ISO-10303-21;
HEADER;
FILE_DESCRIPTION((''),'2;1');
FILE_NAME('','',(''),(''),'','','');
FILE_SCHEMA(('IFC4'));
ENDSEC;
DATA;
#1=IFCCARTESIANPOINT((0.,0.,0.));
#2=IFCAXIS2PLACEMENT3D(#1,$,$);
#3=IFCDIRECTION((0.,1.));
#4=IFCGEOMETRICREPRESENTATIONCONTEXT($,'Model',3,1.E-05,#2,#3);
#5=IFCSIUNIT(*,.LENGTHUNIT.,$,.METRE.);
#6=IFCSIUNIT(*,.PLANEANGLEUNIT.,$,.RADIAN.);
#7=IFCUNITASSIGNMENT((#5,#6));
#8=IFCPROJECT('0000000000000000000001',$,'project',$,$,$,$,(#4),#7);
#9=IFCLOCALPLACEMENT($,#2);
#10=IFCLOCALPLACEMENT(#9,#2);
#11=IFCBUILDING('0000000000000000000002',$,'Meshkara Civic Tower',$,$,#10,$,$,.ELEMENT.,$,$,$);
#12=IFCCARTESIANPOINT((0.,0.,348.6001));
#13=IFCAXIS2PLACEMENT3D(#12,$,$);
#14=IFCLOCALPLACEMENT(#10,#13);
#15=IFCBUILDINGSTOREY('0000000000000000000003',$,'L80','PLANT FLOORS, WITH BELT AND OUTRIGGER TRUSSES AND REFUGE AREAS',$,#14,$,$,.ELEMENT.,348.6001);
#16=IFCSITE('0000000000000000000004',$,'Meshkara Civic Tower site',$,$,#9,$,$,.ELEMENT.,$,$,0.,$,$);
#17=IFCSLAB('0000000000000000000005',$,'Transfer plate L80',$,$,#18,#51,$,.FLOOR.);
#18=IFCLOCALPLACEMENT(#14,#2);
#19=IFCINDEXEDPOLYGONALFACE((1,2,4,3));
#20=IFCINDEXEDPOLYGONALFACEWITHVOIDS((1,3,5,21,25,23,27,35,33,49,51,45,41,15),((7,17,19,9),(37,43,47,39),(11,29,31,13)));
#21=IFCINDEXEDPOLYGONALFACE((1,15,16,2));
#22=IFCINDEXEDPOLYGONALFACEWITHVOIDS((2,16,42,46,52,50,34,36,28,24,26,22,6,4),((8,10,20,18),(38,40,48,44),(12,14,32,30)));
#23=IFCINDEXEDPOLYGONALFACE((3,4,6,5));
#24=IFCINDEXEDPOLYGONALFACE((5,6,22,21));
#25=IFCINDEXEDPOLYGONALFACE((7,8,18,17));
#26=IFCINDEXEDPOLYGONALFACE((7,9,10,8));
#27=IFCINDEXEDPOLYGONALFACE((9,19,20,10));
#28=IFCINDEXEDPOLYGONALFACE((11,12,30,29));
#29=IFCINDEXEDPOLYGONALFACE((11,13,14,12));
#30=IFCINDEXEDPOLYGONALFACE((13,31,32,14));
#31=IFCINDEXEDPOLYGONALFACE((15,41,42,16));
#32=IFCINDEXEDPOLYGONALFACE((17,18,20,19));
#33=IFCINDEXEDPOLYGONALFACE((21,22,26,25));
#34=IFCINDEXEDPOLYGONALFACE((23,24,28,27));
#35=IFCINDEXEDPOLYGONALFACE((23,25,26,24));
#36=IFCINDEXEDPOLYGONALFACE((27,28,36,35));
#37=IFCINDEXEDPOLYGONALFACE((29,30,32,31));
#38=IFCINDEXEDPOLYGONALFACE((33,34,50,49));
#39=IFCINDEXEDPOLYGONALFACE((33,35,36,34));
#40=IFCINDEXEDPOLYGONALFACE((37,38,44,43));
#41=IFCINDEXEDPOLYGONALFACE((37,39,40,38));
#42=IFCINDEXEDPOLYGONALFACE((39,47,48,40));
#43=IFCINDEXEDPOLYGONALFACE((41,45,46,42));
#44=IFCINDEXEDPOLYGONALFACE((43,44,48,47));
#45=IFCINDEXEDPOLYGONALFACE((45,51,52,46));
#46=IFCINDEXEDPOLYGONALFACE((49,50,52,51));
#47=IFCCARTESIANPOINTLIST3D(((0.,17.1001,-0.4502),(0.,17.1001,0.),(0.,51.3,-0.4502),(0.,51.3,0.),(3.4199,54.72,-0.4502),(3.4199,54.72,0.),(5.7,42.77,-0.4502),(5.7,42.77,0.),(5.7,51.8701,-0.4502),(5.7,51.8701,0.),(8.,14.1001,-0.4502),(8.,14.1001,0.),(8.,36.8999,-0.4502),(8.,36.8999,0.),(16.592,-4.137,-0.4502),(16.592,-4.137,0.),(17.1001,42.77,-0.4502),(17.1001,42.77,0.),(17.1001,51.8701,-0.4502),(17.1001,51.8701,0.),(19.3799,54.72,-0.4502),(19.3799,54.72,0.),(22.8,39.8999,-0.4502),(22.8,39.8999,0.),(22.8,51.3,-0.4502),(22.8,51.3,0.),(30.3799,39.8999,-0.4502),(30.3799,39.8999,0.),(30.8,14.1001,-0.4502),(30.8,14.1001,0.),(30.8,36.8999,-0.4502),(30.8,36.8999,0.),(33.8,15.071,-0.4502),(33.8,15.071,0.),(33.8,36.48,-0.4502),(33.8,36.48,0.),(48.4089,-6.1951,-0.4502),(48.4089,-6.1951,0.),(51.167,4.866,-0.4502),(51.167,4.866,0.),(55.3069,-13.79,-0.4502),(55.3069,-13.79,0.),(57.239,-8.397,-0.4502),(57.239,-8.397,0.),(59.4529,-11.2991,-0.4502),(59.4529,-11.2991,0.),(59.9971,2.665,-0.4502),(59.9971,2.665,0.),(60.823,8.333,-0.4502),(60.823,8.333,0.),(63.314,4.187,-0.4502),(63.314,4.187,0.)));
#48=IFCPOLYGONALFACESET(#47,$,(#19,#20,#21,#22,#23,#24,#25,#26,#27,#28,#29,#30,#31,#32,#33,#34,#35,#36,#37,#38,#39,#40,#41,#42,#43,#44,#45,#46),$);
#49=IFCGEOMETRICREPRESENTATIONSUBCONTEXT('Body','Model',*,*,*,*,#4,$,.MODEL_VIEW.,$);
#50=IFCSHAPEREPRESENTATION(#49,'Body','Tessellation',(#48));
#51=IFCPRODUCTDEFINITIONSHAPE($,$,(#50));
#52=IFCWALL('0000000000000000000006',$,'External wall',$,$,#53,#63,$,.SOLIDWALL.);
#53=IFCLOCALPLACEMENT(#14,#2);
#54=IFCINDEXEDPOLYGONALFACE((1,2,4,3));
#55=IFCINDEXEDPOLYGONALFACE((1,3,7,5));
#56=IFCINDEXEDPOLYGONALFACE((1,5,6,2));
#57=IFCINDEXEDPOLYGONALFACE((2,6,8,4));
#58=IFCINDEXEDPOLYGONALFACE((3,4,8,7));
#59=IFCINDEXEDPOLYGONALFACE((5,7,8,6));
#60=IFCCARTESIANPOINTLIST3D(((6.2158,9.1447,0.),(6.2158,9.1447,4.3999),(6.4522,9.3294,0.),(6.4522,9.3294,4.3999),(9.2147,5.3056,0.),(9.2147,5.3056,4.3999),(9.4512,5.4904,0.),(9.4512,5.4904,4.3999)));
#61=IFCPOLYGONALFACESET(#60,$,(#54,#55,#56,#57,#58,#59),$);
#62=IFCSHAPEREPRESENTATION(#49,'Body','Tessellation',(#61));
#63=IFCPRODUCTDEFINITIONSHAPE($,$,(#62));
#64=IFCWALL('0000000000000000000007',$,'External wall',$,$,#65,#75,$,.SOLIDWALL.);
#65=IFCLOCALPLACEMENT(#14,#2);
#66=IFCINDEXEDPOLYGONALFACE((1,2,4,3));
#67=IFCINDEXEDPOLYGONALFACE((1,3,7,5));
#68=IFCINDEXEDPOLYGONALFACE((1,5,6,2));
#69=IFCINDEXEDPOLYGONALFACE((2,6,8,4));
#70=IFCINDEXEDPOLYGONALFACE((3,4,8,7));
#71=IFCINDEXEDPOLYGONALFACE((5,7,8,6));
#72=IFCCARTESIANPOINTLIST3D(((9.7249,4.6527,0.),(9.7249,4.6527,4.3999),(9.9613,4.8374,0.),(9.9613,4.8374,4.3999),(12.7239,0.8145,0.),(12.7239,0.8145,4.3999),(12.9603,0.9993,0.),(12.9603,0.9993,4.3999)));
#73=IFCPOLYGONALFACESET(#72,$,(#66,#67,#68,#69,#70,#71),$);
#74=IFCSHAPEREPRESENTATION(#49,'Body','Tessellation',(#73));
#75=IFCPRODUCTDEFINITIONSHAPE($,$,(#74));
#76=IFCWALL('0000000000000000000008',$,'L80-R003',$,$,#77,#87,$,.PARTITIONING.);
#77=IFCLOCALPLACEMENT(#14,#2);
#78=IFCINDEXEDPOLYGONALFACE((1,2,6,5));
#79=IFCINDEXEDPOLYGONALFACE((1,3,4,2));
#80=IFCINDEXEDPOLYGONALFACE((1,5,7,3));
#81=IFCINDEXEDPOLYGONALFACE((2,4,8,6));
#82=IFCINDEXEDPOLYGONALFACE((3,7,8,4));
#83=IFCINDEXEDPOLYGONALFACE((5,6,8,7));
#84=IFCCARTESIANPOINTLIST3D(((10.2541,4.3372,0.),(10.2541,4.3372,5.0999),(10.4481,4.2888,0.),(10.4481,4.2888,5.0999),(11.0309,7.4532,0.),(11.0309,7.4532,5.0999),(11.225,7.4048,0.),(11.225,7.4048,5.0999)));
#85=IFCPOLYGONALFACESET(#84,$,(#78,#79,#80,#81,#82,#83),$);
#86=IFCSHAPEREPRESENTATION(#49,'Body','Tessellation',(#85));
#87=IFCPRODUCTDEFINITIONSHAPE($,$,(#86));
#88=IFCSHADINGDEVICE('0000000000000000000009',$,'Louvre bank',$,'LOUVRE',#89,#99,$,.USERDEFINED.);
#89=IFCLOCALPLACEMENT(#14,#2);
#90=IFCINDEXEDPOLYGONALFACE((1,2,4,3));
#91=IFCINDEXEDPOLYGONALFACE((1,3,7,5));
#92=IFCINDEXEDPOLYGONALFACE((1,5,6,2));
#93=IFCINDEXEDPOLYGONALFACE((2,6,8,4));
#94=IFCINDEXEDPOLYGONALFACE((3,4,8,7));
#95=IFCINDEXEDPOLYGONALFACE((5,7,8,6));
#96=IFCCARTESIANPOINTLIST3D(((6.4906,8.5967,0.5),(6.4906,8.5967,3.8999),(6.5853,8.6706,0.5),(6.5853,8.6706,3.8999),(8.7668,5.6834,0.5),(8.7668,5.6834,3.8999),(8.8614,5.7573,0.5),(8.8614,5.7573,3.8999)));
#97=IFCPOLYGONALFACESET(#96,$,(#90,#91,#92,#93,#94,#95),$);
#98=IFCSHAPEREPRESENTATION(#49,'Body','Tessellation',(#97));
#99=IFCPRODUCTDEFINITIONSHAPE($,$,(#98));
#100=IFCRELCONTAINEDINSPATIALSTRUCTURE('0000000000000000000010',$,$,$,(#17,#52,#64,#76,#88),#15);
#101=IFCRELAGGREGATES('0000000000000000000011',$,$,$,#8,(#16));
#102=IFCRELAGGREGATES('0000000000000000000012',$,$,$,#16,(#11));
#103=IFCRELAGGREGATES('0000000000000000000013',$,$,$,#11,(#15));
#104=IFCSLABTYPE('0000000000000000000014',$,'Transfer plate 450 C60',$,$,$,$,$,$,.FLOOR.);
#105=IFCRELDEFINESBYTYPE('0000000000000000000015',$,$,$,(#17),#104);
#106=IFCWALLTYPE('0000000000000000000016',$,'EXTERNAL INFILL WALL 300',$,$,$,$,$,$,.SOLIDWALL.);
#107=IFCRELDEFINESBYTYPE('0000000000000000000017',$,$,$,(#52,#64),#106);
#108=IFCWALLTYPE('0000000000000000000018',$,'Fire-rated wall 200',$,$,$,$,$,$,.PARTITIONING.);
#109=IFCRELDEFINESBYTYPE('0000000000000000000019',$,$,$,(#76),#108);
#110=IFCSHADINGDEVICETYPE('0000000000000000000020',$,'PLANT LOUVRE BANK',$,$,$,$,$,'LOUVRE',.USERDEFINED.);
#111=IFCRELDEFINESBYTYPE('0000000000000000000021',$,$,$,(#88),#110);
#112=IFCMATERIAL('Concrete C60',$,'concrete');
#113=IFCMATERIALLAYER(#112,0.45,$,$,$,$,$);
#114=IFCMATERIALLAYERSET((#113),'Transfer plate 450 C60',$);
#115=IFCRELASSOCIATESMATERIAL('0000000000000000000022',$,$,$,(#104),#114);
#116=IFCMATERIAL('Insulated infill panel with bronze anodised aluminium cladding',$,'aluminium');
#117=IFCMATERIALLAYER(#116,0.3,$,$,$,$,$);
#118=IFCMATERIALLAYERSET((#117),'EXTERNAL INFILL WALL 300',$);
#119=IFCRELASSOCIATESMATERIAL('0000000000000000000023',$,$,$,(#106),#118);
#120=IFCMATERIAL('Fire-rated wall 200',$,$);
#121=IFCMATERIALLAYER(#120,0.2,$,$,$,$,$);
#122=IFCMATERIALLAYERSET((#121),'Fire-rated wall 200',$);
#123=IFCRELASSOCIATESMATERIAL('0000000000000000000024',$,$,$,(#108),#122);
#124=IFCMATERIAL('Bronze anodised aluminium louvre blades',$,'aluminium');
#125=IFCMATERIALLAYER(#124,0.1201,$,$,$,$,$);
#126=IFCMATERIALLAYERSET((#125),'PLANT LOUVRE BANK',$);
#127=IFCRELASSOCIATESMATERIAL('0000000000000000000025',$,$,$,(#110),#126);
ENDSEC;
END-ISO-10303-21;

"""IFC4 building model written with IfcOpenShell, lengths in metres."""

from ifc_helpers import new_model, si_unit, direction, frame, frame_2d, origin, origin_2d, place, context, subcontext, project, spatial, polyline, rectangle, outline, extrude, material, layer, layer_set, type_object, element, save


model = new_model("IFC4")

# Units and contexts
model_context = context("Model", 3, precision=1e-05, world=origin(), true_north=direction((0.0, 1.0)))
body_context = subcontext(model_context, "Body", "Model", "MODEL_VIEW")
ifc_project = project(units=[si_unit("LENGTHUNIT", "METRE"), si_unit("PLANEANGLEUNIT", "RADIAN")], contexts=[model_context])

# Site, building, storey
site_placement = place(None, origin())
site = spatial("IfcSite", under=ifc_project, at=site_placement, Name="Meshkara Civic Tower site", CompositionType="ELEMENT", RefElevation=0.0)
building_placement = place(site_placement, origin())
building = spatial("IfcBuilding", under=site, at=building_placement, Name="Meshkara Civic Tower", CompositionType="ELEMENT")
storey_placement = place(building_placement, frame((0.0, 0.0, 348.6001)))
storey = spatial("IfcBuildingStorey", under=building, at=storey_placement, Name="L80", Description="PLANT FLOORS, WITH BELT AND OUTRIGGER TRUSSES AND REFUGE AREAS", CompositionType="ELEMENT", Elevation=348.6001)

# Slab
ifc_material_1 = material(Name="Concrete C60", Category="concrete")
ifc_layer_1 = layer(ifc_material_1, 0.45)
ifc_layer_set_1 = layer_set([ifc_layer_1], Name="Transfer plate 450 C60")
slab_type_1 = type_object("IfcSlabType", Name="Transfer plate 450 C60", PredefinedType="FLOOR", material=ifc_layer_set_1)
slab_1_placement = place(storey_placement, frame((0.0, 0.0, -0.4502)))
element("IfcSlab", 1, at=slab_1_placement, inside=storey, type_object=slab_type_1, Name="Transfer plate L80", PredefinedType="FLOOR", context=body_context, shape_type="SweptSolid", body=[
    extrude(outline(polyline([(59.4529, -11.2991), (55.3069, -13.79), (16.592, -4.137), (0.0, 17.1001), (0.0, 51.3), (3.4199, 54.72), (19.3799, 54.72), (22.8, 51.3), (22.8, 39.8999), (30.3799, 39.8999), (33.8, 36.48), (33.8, 15.071), (60.823, 8.333), (63.314, 4.187), (59.4529, -11.2991)]), holes=[polyline([(57.239, -8.397), (59.9971, 2.665), (51.167, 4.866), (48.4089, -6.1951), (57.239, -8.397)]), polyline([(8.0, 14.1001), (30.8, 14.1001), (30.8, 36.8999), (8.0, 36.8999), (8.0, 14.1001)]), polyline([(5.7, 51.8701), (5.7, 42.77), (17.1001, 42.77), (17.1001, 51.8701), (5.7, 51.8701)])]), origin(), (0.0, 0.0, 1.0), 0.4502),
])

# Walls
ifc_material_2 = material(Name="Insulated infill panel with bronze anodised aluminium cladding", Category="aluminium")
ifc_layer_2 = layer(ifc_material_2, 0.3)
ifc_layer_set_2 = layer_set([ifc_layer_2], Name="EXTERNAL INFILL WALL 300")
wall_type_1 = type_object("IfcWallType", Name="EXTERNAL INFILL WALL 300", PredefinedType="SOLIDWALL", material=ifc_layer_set_2)
wall_1_placement = place(storey_placement, frame((6.334, 9.2371, 0.0), z_axis=(0.0, 0.0, 1.0), x_axis=(0.615608, -0.788052, 0.0)))
element("IfcWall", 2, at=wall_1_placement, inside=storey, type_object=wall_type_1, Name="External wall", PredefinedType="SOLIDWALL", context=body_context, shape_type="SweptSolid", body=[
    extrude(rectangle(XDim=4.8716, YDim=0.3, at=frame_2d((2.4358, 0.0))), origin(), (0.0, 0.0, 1.0), 4.3999),
])
wall_2_placement = place(storey_placement, frame((9.843, 4.7451, 0.0), z_axis=(0.0, 0.0, 1.0), x_axis=(0.615705, -0.787976, 0.0)))
element("IfcWall", 3, at=wall_2_placement, inside=storey, type_object=wall_type_1, Name="External wall", PredefinedType="SOLIDWALL", context=body_context, shape_type="SweptSolid", body=[
    extrude(rectangle(XDim=4.8708, YDim=0.3, at=frame_2d((2.4355, 0.0))), origin(), (0.0, 0.0, 1.0), 4.3999),
])
ifc_material_3 = material(Name="Fire-rated wall 200")
ifc_layer_3 = layer(ifc_material_3, 0.2)
ifc_layer_set_3 = layer_set([ifc_layer_3], Name="Fire-rated wall 200")
wall_type_2 = type_object("IfcWallType", Name="Fire-rated wall 200", PredefinedType="PARTITIONING", material=ifc_layer_set_3)
wall_3_placement = place(storey_placement, frame((10.3511, 4.313, 0.0), z_axis=(0.0, 0.0, 1.0), x_axis=(0.241909, 0.970299, 0.0)))
element("IfcWall", 4, at=wall_3_placement, inside=storey, type_object=wall_type_2, Name="L80-R003", PredefinedType="PARTITIONING", context=body_context, shape_type="SweptSolid", body=[
    extrude(rectangle(XDim=3.2114, YDim=0.2, at=frame_2d((1.6057, 0.0))), origin(), (0.0, 0.0, 1.0), 5.0999),
])

# Shading device
ifc_material_4 = material(Name="Bronze anodised aluminium louvre blades", Category="aluminium")
ifc_layer_4 = layer(ifc_material_4, 0.1201)
ifc_layer_set_4 = layer_set([ifc_layer_4], Name="PLANT LOUVRE BANK")
shading_device_type = type_object("IfcShadingDeviceType", Name="PLANT LOUVRE BANK", ElementType="LOUVRE", PredefinedType="USERDEFINED", material=ifc_layer_set_4)
shading_device_placement = place(storey_placement, frame((7.676, 7.177, 0.5), z_axis=(0.0, 0.0, 1.0), x_axis=(0.615661, -0.788011, 0.0)))
element("IfcShadingDevice", 5, at=shading_device_placement, inside=storey, type_object=shading_device_type, Name="Louvre bank", ObjectType="LOUVRE", PredefinedType="USERDEFINED", context=body_context, shape_type="SweptSolid", body=[
    extrude(rectangle(XDim=3.697, YDim=0.1201, at=origin_2d()), origin(), (0.0, 0.0, 1.0), 3.3999),
])

save(model, "model.ifc")
